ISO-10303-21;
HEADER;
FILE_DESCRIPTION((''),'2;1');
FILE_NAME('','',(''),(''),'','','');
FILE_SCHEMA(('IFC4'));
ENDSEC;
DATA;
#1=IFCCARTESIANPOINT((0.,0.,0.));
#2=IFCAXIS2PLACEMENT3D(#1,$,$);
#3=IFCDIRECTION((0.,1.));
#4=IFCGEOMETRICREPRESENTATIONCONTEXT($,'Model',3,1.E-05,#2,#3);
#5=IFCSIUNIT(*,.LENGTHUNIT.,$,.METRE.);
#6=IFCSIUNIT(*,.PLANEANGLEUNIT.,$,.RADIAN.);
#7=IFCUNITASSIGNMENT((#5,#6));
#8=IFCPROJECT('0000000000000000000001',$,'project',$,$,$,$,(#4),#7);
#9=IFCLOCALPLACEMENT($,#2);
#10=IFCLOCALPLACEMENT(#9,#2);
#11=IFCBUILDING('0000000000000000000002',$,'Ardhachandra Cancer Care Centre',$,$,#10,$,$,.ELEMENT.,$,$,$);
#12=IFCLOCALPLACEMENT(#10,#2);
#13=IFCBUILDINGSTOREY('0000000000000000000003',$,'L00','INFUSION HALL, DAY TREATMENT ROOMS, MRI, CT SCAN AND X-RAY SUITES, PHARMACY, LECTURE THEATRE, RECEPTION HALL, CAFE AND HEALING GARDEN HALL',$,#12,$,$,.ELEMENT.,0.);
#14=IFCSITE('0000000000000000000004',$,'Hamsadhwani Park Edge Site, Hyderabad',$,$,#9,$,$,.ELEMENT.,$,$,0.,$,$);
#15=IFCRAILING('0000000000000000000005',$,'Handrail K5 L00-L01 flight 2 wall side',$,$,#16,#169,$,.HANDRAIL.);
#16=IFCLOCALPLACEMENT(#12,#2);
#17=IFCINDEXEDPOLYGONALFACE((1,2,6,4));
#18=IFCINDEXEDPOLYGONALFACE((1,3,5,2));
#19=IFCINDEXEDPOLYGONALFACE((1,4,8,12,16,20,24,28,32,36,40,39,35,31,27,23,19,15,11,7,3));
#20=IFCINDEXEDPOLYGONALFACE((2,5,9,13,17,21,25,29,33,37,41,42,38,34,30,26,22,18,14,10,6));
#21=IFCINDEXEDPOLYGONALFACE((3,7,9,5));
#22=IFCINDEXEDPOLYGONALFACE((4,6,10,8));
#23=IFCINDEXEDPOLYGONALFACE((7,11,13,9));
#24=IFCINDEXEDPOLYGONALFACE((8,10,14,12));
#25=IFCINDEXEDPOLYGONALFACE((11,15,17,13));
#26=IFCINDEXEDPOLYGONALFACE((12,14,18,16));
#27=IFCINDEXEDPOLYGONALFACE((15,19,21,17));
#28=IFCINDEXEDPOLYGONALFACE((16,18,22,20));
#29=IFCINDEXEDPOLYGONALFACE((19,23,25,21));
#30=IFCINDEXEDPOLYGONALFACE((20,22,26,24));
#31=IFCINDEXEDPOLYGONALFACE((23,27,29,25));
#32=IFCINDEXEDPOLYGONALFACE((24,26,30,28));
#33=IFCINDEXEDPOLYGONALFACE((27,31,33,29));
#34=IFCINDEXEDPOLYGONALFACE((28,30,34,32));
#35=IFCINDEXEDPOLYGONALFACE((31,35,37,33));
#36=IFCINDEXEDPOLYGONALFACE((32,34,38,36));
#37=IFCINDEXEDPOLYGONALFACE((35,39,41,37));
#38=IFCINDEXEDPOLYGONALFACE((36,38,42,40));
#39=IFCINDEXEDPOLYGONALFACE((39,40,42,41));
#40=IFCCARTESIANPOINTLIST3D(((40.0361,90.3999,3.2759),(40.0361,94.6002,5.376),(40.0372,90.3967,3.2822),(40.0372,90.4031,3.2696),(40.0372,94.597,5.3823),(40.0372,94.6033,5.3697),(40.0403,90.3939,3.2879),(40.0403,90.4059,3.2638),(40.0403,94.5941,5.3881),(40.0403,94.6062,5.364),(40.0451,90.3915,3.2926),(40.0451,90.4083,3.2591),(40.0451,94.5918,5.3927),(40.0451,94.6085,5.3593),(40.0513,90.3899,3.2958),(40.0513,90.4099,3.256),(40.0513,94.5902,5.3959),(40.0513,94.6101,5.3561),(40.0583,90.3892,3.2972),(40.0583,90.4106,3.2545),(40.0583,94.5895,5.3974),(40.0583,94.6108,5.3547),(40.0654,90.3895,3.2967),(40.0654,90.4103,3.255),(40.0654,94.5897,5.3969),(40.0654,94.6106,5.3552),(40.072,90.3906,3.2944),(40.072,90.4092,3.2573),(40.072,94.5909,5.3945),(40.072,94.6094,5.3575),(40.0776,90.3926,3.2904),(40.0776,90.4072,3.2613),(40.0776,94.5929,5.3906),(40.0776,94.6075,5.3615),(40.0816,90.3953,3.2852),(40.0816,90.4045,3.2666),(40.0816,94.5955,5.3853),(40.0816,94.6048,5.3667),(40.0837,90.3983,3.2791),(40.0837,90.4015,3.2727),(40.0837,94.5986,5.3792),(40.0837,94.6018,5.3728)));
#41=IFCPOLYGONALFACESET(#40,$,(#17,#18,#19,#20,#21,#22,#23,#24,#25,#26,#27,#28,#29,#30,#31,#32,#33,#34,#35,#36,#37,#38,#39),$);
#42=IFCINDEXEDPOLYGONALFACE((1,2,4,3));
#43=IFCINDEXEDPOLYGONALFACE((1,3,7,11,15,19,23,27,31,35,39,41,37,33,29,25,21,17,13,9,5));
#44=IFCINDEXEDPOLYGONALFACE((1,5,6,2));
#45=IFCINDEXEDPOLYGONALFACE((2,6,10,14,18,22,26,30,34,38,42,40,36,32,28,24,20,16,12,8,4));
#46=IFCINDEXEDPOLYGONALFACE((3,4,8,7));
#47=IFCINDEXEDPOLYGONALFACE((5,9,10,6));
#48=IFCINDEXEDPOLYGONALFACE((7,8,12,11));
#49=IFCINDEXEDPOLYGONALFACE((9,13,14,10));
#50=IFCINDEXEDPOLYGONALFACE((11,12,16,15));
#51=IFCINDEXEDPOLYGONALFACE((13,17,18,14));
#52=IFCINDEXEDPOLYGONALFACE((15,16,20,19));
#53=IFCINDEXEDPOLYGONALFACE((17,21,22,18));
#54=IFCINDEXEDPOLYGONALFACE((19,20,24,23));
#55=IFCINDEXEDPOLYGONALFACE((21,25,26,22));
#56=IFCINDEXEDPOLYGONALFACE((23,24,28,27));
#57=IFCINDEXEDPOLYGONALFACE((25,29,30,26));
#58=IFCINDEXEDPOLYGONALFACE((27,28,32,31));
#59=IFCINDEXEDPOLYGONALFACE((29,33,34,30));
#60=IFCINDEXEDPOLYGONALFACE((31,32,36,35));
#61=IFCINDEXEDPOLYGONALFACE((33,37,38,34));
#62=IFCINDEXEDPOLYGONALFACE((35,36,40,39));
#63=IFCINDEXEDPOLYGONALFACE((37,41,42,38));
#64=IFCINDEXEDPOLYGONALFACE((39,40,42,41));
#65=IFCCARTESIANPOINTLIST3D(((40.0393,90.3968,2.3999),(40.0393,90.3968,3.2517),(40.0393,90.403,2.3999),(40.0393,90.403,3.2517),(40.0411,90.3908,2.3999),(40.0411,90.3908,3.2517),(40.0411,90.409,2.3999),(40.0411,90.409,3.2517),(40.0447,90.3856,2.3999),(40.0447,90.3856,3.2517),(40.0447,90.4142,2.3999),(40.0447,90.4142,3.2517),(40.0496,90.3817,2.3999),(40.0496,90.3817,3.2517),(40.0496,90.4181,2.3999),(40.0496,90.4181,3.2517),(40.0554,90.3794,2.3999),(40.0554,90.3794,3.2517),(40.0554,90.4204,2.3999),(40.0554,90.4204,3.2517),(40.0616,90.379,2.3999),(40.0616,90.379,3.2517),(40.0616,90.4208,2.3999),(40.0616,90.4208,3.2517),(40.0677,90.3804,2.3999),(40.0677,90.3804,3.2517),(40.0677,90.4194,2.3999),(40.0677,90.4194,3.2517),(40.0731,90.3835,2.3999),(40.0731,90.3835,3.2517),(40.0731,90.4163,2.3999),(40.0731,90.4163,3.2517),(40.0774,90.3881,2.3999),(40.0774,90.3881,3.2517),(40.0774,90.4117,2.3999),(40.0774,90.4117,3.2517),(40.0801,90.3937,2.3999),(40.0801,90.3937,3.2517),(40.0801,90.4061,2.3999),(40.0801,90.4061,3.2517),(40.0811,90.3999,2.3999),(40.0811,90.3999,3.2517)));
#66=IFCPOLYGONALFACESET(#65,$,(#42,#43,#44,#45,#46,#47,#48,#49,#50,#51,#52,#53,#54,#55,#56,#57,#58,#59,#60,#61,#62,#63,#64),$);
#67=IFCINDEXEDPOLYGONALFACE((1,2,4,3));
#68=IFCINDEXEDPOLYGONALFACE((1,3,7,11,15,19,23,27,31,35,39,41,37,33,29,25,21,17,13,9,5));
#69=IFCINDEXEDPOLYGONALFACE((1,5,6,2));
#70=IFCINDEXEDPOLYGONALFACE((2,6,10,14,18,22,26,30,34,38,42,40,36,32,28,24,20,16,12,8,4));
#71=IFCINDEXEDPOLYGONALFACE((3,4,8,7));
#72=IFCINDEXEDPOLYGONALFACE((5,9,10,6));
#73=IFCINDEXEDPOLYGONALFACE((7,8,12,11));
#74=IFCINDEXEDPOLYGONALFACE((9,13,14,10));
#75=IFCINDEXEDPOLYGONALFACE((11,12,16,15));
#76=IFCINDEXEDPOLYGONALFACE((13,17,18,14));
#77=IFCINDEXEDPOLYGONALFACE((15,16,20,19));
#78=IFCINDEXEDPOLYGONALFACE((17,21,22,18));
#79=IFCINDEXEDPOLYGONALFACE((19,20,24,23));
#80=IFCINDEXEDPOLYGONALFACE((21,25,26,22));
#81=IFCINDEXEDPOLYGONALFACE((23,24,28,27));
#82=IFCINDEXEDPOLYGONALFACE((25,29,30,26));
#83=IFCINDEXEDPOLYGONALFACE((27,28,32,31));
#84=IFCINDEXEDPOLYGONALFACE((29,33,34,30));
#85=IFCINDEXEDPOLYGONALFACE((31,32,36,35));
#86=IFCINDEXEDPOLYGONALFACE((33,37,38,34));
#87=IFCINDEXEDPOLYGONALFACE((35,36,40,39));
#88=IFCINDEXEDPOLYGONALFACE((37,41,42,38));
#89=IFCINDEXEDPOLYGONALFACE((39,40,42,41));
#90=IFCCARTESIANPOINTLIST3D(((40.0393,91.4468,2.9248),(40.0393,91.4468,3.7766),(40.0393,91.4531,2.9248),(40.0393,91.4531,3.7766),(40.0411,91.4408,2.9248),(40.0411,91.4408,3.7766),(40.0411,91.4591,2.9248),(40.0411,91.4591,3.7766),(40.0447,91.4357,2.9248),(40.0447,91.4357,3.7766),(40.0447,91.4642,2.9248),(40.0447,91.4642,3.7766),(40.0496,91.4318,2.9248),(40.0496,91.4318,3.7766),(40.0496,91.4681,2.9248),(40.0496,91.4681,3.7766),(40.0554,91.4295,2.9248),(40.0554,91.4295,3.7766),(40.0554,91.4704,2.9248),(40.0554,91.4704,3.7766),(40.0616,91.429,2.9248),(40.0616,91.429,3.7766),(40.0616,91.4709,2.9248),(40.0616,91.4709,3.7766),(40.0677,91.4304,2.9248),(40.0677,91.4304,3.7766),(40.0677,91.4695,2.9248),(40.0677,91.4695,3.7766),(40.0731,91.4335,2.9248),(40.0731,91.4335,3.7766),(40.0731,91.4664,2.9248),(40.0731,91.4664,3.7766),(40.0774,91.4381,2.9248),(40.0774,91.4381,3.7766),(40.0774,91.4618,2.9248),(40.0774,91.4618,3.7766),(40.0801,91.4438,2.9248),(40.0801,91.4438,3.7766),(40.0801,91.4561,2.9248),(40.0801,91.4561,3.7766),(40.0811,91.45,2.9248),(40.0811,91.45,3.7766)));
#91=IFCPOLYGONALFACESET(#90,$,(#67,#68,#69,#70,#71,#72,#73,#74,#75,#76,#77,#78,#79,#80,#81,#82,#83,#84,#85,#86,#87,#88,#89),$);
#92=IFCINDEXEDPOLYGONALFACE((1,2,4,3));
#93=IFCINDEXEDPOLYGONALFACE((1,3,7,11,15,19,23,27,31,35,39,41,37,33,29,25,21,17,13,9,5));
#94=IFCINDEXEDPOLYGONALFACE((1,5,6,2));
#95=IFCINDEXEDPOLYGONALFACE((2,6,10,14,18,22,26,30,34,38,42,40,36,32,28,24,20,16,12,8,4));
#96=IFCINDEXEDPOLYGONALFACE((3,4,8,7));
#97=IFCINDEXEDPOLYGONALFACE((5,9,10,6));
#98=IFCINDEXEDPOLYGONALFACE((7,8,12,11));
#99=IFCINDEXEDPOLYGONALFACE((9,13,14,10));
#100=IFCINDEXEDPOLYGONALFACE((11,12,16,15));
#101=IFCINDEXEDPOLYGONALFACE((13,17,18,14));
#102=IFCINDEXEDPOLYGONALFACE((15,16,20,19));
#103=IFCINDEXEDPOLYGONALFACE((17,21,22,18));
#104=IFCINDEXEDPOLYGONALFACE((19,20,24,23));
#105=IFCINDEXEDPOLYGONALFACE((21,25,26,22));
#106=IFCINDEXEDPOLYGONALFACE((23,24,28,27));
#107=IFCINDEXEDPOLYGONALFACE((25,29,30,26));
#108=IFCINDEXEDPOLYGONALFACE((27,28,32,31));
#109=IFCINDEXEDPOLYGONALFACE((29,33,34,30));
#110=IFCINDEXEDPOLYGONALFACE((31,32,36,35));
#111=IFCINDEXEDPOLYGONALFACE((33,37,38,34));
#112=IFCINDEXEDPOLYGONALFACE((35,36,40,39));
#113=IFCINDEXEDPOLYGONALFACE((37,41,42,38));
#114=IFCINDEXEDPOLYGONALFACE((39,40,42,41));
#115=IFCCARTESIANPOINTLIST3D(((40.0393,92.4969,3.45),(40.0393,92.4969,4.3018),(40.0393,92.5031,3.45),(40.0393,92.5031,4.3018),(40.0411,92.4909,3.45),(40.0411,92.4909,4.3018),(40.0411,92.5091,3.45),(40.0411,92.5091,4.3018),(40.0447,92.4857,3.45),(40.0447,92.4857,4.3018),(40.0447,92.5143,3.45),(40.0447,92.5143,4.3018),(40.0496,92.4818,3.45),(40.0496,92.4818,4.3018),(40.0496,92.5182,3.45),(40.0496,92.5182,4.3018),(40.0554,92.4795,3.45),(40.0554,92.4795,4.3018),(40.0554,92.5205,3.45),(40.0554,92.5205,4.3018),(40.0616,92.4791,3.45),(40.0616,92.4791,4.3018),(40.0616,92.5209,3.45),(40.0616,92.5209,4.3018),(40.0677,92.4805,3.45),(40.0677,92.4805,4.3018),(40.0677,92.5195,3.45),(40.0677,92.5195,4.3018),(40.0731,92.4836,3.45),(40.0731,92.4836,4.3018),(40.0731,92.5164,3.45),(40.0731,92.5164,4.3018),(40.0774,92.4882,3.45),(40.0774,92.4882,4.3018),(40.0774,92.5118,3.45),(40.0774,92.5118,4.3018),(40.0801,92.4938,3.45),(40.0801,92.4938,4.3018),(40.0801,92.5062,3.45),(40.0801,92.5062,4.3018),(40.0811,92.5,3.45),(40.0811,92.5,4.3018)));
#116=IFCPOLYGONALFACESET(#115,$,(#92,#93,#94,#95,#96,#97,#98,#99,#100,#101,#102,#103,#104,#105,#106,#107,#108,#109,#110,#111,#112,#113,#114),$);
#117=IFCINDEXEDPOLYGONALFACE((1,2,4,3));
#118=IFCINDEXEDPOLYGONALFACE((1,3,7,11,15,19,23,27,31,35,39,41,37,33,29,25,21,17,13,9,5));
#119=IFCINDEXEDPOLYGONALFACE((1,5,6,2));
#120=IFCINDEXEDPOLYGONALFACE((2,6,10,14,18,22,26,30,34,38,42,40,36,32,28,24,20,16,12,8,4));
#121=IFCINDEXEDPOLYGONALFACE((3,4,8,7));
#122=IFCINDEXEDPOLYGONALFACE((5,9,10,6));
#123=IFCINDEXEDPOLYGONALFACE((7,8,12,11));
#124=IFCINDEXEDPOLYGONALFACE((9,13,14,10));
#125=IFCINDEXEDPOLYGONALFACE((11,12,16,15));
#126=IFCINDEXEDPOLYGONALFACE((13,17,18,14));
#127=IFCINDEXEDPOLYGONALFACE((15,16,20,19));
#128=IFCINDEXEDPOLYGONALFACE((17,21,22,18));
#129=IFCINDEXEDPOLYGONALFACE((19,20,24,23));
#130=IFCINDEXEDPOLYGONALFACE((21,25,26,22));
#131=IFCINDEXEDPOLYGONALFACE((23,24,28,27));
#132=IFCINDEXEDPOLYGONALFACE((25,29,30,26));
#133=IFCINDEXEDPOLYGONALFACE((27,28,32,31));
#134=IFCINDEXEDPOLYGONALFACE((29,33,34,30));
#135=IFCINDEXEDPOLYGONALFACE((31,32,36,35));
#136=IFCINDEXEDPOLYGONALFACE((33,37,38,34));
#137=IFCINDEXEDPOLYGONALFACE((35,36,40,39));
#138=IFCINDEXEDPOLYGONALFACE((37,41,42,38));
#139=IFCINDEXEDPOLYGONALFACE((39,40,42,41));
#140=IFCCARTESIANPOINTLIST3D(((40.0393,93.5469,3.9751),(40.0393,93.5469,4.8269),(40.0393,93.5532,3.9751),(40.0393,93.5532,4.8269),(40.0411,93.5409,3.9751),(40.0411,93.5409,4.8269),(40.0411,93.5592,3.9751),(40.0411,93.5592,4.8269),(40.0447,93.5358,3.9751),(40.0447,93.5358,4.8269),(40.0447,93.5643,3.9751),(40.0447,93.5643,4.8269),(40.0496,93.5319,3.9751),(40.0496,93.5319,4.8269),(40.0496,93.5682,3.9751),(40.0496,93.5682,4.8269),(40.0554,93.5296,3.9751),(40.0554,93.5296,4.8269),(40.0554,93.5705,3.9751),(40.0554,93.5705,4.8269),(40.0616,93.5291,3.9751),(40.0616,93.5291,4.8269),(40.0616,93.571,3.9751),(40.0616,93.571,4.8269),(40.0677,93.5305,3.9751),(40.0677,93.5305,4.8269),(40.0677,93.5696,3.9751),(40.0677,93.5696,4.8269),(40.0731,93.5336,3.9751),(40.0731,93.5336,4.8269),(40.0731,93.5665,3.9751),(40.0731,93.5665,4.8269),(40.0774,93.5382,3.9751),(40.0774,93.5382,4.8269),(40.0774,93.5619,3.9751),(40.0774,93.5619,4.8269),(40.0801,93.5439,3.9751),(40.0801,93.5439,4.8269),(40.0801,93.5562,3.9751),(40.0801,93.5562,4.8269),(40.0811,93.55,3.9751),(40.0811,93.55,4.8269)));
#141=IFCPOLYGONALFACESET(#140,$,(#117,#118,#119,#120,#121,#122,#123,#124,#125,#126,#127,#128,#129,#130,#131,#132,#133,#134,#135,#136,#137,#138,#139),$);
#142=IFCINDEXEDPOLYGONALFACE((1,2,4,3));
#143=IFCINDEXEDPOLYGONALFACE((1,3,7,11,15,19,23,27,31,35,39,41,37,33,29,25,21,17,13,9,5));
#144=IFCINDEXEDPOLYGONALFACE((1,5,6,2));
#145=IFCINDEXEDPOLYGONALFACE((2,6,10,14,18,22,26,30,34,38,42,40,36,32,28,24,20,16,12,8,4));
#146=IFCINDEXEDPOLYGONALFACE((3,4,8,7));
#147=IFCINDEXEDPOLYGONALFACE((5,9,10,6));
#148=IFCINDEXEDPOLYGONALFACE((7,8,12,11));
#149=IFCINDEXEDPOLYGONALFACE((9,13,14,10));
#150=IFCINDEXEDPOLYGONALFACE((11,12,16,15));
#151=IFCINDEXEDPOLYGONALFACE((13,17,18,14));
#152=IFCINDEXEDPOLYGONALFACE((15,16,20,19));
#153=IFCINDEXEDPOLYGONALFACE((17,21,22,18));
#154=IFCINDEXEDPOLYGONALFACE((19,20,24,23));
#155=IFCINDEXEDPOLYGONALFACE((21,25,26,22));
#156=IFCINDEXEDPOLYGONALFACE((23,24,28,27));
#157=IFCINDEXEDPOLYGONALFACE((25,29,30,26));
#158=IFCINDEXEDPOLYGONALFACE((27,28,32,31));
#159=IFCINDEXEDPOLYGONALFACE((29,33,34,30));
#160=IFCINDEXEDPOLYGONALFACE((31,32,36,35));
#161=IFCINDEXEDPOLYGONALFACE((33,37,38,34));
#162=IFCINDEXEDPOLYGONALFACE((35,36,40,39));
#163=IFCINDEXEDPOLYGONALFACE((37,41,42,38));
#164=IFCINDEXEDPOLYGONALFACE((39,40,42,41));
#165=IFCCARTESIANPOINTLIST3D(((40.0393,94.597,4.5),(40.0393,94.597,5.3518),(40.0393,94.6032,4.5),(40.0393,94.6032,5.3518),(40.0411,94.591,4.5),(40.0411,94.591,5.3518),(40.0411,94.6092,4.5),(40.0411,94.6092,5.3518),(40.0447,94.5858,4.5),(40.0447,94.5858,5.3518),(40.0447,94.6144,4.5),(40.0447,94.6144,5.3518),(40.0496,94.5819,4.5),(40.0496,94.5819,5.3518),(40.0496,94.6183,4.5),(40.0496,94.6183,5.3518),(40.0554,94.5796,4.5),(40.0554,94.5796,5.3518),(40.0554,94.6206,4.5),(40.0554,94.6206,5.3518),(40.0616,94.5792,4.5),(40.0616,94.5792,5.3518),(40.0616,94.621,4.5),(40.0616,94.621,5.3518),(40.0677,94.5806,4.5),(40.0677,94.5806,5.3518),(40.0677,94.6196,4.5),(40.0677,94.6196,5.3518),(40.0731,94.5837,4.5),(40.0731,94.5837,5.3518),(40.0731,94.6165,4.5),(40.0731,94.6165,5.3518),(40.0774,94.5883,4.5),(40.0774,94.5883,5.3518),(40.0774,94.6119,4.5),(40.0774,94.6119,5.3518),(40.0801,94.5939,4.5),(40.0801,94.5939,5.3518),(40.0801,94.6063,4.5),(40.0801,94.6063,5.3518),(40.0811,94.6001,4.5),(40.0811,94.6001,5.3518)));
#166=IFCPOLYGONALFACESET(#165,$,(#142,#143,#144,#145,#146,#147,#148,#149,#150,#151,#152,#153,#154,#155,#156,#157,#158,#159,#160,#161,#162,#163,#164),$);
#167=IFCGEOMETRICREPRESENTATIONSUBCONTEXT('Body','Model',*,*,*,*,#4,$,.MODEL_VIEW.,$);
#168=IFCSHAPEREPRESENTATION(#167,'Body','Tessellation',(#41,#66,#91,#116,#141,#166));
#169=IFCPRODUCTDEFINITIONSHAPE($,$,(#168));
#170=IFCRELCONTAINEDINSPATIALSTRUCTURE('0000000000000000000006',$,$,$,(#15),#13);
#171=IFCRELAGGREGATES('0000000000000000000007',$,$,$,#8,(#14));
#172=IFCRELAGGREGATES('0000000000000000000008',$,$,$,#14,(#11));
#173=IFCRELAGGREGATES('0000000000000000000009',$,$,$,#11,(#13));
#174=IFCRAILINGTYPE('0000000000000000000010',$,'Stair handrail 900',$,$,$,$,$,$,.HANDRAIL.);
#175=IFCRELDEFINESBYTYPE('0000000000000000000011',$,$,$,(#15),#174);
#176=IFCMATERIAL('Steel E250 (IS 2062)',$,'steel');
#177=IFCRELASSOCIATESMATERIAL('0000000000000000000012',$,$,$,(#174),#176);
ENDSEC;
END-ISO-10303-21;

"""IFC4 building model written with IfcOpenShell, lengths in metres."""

from ifc_helpers import new_model, si_unit, direction, frame, origin, origin_2d, place, context, subcontext, project, spatial, circle, extrude, material, type_object, element, save


model = new_model("IFC4")

# Units and contexts
model_context = context("Model", 3, precision=1e-05, world=origin(), true_north=direction((0.0, 1.0)))
body_context = subcontext(model_context, "Body", "Model", "MODEL_VIEW")
ifc_project = project(units=[si_unit("LENGTHUNIT", "METRE"), si_unit("PLANEANGLEUNIT", "RADIAN")], contexts=[model_context])

# Site, building, storey
site_placement = place(None, origin())
site = spatial("IfcSite", under=ifc_project, at=site_placement, Name="Hamsadhwani Park Edge Site, Hyderabad", CompositionType="ELEMENT", RefElevation=0.0)
building_placement = place(site_placement, origin())
building = spatial("IfcBuilding", under=site, at=building_placement, Name="Ardhachandra Cancer Care Centre", CompositionType="ELEMENT")
storey_placement = place(building_placement, origin())
storey = spatial("IfcBuildingStorey", under=building, at=storey_placement, Name="L00", Description="INFUSION HALL, DAY TREATMENT ROOMS, MRI, CT SCAN AND X-RAY SUITES, PHARMACY, LECTURE THEATRE, RECEPTION HALL, CAFE AND HEALING GARDEN HALL", CompositionType="ELEMENT", Elevation=0.0)

# Railing
ifc_material_1 = material(Name="Steel E250 (IS 2062)", Category="steel")
railing_type = type_object("IfcRailingType", Name="Stair handrail 900", PredefinedType="HANDRAIL", material=ifc_material_1)
for number, where, name in (
    (1, (40.0601, 90.3999, 2.3999), "Handrail K5 L00-L01 flight 2 wall side"),
):
    element("IfcRailing", number, at=place(storey_placement, frame(where)), inside=storey, type_object=railing_type, Name=name, PredefinedType="HANDRAIL", context=body_context, shape_type="SweptSolid", body=[
        extrude(circle(Radius=0.0239, at=origin_2d()), frame((0.0, 0.0, 0.876), z_axis=(0.0, 0.894427, 0.447214), x_axis=(-1.0, 0.0, 0.0)), (0.0, 0.0, 1.0), 4.696),
        extrude(circle(Radius=0.021, at=origin_2d()), origin(), (0.0, 0.0, 1.0), 0.8518),
        extrude(circle(Radius=0.021, at=origin_2d()), frame((0.0, 1.05, 0.5249)), (0.0, 0.0, 1.0), 0.8518),
        extrude(circle(Radius=0.021, at=origin_2d()), frame((0.0, 2.1001, 1.05)), (0.0, 0.0, 1.0), 0.8518),
        extrude(circle(Radius=0.021, at=origin_2d()), frame((0.0, 3.1501, 1.5752)), (0.0, 0.0, 1.0), 0.8518),
        extrude(circle(Radius=0.021, at=origin_2d()), frame((0.0, 4.2002, 2.1001)), (0.0, 0.0, 1.0), 0.8518),
    ])

save(model, "model.ifc")
